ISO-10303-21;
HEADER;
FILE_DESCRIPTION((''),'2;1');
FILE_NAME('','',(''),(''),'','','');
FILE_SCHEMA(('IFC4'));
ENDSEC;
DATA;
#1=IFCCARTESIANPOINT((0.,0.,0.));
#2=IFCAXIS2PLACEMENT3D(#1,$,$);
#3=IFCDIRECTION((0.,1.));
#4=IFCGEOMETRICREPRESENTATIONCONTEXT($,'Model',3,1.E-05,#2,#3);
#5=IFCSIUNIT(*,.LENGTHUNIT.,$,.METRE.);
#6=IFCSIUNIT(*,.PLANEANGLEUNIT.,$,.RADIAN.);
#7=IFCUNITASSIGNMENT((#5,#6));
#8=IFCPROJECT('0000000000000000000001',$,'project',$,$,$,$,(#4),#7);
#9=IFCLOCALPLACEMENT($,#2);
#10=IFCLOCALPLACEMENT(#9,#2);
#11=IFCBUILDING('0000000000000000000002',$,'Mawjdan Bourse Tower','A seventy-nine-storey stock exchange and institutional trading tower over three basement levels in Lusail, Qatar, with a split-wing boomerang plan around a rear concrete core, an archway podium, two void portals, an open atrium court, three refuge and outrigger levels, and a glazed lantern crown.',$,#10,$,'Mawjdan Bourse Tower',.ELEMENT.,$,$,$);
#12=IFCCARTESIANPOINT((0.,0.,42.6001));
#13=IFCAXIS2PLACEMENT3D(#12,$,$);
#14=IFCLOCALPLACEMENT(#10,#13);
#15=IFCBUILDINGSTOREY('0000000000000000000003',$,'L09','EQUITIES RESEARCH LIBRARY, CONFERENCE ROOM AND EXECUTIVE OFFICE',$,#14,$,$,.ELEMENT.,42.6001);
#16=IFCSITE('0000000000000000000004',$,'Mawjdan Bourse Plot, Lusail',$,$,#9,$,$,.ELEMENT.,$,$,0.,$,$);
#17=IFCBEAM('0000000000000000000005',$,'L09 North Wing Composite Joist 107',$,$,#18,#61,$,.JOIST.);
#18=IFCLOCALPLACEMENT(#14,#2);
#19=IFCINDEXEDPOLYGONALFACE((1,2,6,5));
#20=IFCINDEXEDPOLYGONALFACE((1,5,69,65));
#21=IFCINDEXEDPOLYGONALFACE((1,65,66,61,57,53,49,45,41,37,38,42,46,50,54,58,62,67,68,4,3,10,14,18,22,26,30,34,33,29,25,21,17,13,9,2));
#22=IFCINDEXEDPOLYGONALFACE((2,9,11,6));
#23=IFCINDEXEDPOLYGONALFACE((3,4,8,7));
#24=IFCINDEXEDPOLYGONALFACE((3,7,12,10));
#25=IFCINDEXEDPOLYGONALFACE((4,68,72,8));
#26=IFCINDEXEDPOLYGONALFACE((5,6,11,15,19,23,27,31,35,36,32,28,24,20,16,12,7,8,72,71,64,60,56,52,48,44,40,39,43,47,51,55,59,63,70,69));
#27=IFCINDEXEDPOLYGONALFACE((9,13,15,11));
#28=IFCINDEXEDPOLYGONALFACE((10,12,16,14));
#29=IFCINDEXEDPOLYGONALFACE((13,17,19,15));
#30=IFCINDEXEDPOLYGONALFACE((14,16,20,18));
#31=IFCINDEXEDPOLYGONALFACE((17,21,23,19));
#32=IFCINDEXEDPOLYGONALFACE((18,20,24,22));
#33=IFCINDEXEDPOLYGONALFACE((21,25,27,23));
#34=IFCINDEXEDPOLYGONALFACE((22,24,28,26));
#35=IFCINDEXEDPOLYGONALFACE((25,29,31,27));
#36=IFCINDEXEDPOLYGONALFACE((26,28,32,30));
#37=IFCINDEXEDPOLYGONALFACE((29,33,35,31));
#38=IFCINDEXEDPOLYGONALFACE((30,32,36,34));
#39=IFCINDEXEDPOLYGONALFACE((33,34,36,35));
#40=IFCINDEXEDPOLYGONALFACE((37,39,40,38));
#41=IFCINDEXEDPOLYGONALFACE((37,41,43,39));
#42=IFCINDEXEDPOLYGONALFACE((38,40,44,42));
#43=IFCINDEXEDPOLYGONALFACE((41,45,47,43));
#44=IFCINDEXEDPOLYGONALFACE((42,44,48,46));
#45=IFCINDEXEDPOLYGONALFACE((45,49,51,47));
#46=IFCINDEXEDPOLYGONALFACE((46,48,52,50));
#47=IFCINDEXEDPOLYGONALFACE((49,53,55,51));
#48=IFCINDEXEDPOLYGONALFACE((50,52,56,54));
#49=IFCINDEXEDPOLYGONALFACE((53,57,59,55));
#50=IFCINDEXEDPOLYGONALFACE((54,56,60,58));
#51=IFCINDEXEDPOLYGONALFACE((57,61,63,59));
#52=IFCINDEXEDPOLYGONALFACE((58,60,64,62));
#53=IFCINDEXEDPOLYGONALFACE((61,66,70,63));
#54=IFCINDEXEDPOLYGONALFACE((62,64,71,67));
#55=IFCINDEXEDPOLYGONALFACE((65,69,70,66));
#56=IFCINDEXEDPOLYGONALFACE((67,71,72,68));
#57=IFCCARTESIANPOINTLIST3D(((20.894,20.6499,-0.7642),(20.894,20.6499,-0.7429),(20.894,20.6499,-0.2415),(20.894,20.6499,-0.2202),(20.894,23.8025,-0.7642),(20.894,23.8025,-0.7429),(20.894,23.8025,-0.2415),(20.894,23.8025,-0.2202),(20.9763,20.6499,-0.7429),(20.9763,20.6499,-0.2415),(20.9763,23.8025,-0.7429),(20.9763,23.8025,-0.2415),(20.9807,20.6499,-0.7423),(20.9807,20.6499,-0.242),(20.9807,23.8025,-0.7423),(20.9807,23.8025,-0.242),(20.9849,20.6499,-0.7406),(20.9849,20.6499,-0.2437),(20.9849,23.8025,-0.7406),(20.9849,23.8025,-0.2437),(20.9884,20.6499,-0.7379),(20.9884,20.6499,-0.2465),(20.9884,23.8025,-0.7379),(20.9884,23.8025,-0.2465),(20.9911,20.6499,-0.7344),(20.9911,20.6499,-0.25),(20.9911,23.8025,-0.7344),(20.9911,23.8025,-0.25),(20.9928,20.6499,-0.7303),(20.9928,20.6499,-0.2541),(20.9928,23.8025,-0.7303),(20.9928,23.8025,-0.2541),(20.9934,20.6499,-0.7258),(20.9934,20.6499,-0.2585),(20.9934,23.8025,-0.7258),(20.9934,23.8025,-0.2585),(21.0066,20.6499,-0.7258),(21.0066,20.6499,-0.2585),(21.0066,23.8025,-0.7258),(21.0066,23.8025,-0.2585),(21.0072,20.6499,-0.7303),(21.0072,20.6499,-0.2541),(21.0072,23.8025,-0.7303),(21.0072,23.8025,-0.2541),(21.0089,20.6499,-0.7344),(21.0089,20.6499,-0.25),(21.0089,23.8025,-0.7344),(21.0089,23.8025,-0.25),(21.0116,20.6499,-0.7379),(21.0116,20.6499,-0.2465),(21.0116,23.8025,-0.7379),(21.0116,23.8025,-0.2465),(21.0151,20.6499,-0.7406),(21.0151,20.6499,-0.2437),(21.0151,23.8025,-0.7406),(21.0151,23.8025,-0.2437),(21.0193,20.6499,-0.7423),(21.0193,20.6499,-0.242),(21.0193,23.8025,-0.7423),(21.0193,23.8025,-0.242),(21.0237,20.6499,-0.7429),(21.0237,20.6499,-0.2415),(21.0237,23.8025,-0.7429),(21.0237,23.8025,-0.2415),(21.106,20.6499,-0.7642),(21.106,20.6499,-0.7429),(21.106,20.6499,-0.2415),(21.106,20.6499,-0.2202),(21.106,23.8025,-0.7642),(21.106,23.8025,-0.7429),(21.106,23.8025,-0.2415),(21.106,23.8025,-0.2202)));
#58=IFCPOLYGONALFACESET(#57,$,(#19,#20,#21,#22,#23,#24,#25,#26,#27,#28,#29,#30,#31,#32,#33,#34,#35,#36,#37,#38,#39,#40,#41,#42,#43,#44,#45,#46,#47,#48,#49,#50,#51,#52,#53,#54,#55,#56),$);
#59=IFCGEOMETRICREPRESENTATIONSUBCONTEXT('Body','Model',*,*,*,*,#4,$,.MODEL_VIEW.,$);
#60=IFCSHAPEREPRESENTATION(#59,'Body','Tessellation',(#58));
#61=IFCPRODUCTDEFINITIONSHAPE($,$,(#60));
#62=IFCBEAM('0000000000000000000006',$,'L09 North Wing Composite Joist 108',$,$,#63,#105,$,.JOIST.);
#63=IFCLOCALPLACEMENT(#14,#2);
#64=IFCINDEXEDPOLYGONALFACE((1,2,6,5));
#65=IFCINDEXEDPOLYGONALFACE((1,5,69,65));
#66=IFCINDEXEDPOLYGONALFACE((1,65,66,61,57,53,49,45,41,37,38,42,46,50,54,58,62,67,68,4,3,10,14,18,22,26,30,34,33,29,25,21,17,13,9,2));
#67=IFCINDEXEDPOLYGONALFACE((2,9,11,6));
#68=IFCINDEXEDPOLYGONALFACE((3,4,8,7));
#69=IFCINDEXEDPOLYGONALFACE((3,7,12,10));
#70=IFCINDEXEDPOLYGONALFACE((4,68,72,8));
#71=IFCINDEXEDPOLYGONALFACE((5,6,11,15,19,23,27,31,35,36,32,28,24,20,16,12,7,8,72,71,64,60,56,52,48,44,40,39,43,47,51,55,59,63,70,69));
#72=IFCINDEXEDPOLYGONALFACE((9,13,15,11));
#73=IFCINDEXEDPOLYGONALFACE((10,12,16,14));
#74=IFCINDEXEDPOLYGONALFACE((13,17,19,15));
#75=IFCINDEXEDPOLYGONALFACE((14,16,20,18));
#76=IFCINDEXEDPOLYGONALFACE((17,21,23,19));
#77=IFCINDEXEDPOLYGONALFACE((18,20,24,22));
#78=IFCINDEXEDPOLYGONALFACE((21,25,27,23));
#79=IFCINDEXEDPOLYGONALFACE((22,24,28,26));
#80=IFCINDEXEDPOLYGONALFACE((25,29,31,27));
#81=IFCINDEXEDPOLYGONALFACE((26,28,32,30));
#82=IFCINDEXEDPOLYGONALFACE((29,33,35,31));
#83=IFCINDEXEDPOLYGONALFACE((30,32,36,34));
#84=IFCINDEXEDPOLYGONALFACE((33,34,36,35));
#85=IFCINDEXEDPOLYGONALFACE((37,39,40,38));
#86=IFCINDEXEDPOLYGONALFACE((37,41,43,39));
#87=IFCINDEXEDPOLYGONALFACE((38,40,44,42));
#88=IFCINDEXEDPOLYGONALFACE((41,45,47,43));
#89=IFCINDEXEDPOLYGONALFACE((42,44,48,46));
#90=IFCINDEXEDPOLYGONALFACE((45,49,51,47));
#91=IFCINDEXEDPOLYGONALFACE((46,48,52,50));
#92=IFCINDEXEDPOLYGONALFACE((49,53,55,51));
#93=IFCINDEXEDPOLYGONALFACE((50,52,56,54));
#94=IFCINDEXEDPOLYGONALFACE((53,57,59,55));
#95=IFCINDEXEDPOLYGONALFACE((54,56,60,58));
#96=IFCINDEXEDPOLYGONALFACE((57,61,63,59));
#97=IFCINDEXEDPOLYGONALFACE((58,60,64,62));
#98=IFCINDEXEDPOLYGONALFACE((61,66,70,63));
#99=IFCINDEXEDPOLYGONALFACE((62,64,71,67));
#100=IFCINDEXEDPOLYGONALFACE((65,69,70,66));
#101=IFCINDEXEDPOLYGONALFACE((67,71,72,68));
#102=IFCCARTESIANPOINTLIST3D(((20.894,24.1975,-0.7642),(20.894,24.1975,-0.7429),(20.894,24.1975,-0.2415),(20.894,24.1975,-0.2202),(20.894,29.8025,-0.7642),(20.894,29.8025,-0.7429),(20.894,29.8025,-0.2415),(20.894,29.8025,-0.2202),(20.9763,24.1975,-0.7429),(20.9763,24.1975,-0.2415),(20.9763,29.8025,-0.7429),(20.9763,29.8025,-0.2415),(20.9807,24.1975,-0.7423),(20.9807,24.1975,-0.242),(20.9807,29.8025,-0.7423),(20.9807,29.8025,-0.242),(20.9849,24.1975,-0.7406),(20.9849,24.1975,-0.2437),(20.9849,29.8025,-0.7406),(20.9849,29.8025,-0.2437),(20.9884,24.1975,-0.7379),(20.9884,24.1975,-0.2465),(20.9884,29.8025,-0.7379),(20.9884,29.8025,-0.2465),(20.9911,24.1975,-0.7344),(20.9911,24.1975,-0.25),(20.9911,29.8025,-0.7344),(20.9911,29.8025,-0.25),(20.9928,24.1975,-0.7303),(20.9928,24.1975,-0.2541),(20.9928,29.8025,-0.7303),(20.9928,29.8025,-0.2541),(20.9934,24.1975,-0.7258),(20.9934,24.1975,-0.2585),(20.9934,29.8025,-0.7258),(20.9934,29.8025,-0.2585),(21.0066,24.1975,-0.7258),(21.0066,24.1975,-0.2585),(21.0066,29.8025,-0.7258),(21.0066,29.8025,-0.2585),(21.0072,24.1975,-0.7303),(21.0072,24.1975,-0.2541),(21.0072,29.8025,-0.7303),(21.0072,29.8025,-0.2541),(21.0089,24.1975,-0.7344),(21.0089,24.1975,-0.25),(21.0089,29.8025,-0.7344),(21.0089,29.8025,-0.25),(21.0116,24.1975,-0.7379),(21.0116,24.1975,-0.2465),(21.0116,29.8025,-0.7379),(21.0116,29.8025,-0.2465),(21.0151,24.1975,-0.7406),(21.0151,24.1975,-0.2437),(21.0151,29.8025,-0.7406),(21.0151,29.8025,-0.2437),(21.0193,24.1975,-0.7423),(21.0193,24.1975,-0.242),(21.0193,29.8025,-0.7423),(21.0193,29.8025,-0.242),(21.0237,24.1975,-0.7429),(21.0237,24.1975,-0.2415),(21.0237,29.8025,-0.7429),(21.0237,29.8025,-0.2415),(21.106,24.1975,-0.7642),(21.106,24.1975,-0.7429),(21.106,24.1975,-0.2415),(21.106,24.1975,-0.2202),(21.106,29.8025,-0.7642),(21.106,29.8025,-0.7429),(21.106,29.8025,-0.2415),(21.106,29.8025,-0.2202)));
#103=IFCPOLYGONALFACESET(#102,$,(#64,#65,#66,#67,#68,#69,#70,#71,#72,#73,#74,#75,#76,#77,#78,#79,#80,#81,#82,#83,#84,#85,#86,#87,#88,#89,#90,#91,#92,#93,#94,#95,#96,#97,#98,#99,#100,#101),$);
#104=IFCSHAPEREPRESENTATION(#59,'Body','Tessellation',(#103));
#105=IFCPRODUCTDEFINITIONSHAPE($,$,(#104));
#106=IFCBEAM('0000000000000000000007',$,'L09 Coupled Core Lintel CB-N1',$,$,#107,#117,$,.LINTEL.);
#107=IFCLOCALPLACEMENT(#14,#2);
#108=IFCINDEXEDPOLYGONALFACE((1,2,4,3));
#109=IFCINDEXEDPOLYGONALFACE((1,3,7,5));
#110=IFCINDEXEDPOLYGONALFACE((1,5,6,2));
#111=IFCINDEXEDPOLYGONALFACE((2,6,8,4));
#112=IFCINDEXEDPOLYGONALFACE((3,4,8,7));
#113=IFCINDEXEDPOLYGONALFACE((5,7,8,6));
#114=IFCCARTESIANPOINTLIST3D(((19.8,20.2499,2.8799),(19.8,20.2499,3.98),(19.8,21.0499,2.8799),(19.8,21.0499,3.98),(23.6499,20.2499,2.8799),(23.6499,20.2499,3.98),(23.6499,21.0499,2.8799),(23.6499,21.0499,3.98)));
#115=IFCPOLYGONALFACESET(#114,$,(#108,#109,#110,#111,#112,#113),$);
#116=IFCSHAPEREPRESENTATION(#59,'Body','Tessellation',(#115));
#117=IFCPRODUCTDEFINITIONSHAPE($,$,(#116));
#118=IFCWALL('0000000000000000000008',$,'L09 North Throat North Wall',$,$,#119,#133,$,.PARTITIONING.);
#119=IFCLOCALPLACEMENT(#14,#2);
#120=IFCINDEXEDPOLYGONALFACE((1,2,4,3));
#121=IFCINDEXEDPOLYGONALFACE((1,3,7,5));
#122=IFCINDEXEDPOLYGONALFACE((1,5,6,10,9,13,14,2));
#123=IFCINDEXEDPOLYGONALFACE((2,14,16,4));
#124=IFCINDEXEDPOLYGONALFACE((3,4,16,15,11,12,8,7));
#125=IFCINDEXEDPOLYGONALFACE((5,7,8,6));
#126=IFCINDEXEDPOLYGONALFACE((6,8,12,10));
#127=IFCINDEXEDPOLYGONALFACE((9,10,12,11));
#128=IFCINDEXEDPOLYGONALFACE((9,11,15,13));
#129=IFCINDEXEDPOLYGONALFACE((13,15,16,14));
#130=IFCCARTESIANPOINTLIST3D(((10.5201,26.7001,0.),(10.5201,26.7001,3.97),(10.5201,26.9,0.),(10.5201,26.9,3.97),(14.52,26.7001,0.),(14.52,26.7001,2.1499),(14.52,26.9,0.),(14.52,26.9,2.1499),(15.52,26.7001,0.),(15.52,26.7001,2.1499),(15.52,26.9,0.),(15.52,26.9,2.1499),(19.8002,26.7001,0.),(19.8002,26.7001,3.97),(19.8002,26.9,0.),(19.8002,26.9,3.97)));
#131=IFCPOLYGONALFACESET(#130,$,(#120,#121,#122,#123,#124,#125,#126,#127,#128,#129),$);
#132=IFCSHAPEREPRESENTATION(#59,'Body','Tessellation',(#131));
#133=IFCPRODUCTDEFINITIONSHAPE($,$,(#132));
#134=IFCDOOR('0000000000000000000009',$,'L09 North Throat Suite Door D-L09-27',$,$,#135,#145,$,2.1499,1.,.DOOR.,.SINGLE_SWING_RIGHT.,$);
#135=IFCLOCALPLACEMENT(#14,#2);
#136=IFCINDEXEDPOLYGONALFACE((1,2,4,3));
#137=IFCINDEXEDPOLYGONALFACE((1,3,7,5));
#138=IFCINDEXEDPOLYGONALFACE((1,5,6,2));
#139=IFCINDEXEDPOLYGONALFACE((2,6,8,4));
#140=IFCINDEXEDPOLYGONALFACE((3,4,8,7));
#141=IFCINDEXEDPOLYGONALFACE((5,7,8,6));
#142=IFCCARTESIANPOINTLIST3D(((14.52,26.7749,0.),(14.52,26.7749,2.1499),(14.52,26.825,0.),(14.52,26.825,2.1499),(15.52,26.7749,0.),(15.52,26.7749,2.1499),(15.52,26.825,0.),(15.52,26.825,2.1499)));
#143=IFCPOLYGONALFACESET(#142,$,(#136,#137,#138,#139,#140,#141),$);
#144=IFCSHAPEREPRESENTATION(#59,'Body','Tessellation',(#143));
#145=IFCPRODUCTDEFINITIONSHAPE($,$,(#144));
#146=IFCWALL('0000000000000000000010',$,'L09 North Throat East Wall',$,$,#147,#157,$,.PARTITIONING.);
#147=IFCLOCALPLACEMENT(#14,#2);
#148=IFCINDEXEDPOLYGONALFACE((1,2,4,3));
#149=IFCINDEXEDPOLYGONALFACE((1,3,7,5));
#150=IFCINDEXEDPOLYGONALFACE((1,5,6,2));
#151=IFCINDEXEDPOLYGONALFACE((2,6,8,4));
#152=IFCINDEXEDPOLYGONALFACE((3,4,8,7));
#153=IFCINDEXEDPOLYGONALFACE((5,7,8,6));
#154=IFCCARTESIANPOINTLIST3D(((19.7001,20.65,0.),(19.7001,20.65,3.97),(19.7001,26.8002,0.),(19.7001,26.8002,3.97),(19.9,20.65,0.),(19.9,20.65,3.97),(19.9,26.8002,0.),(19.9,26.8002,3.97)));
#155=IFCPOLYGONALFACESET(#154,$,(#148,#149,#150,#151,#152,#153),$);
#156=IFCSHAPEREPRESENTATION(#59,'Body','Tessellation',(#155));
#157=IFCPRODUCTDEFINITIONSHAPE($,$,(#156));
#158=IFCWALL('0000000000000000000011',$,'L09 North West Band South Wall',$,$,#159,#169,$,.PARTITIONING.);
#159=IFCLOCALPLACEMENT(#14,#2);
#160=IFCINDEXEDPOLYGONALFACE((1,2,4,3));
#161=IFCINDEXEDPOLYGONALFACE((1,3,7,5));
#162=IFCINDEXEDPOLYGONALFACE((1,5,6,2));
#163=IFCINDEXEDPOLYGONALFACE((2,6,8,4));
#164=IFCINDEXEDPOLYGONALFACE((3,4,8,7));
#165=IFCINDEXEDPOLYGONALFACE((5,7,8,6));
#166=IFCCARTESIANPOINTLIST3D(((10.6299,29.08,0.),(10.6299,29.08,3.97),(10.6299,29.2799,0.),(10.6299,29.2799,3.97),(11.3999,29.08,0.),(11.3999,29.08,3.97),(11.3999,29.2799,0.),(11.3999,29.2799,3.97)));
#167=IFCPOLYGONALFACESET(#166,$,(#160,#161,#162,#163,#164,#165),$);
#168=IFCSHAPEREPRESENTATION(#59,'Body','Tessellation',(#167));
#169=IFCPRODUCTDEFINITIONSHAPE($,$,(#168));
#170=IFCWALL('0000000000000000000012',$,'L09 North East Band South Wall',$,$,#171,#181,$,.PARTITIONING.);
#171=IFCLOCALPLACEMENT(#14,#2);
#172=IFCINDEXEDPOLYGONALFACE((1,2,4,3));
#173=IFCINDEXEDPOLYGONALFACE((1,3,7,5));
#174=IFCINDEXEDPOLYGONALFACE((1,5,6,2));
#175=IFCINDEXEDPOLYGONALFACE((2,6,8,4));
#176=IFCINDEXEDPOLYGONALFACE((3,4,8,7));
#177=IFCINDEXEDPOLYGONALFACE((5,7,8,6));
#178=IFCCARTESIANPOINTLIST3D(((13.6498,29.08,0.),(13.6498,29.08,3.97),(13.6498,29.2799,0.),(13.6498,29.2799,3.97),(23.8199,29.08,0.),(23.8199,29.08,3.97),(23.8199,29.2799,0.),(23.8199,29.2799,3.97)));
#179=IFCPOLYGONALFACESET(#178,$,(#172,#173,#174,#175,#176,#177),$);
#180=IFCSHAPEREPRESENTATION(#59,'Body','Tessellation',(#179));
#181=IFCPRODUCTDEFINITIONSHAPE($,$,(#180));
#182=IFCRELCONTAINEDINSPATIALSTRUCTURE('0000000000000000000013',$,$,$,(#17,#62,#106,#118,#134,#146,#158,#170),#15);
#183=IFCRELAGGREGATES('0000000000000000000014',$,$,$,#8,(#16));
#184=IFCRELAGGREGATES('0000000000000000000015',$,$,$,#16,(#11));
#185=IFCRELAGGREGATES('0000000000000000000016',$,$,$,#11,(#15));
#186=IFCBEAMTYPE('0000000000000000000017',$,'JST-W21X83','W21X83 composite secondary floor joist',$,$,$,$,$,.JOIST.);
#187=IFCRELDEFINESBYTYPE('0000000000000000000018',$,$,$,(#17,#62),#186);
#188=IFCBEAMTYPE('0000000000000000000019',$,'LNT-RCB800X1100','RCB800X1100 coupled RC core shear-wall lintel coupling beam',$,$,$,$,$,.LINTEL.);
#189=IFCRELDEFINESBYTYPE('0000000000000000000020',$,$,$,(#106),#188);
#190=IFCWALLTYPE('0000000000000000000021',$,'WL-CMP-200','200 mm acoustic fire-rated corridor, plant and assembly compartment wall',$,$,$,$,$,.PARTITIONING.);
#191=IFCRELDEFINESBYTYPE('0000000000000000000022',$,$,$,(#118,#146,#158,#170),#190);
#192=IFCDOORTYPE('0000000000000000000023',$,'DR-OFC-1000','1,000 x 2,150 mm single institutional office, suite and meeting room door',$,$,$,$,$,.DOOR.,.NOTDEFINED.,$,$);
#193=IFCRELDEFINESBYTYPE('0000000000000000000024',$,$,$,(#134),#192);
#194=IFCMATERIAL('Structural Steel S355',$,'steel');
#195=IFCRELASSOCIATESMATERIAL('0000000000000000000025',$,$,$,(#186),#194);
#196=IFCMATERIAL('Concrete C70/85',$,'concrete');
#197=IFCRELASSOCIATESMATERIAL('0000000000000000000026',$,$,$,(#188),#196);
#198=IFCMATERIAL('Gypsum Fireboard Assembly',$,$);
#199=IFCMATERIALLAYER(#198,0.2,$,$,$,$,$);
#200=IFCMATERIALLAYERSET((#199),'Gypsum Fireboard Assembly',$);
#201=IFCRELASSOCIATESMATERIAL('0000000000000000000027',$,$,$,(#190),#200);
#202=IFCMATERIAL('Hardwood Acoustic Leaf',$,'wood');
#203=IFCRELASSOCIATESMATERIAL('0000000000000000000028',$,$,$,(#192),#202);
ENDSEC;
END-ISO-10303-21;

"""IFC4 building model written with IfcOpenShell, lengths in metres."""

from ifc_helpers import new_model, si_unit, direction, frame, frame_2d, origin, origin_2d, place, context, subcontext, project, spatial, rectangle, i_section, extrude, material, layer, layer_set, material_profile, profile_set, type_object, element, fill, save


model = new_model("IFC4")

# Units and contexts
model_context = context("Model", 3, precision=1e-05, world=origin(), true_north=direction((0.0, 1.0)))
body_context = subcontext(model_context, "Body", "Model", "MODEL_VIEW")
ifc_project = project(units=[si_unit("LENGTHUNIT", "METRE"), si_unit("PLANEANGLEUNIT", "RADIAN")], contexts=[model_context])

# Site, building, storey
site_placement = place(None, origin())
site = spatial("IfcSite", under=ifc_project, at=site_placement, Name="Mawjdan Bourse Plot, Lusail", CompositionType="ELEMENT", RefElevation=0.0)
building_placement = place(site_placement, origin())
building = spatial("IfcBuilding", under=site, at=building_placement, Name="Mawjdan Bourse Tower", Description="A seventy-nine-storey stock exchange and institutional trading tower over three basement levels in Lusail, Qatar, with a split-wing boomerang plan around a rear concrete core, an archway podium, two void portals, an open atrium court, three refuge and outrigger levels, and a glazed lantern crown.", LongName="Mawjdan Bourse Tower", CompositionType="ELEMENT")
storey_placement = place(building_placement, frame((0.0, 0.0, 42.6001)))
storey = spatial("IfcBuildingStorey", under=building, at=storey_placement, Name="L09", Description="EQUITIES RESEARCH LIBRARY, CONFERENCE ROOM AND EXECUTIVE OFFICE", CompositionType="ELEMENT", Elevation=42.6001)

# Beams
ifc_material_1 = material(Name="Structural Steel S355", Category="steel")
ifc_material_profile_1 = material_profile(ifc_material_1, i_section(OverallWidth=0.2119, OverallDepth=0.5439, WebThickness=0.0132, FlangeThickness=0.0212, FilletRadius=0.0171, at=origin_2d()), Name="W21X83")
ifc_profile_set_1 = profile_set([ifc_material_profile_1], Name="Structural Steel S355")
beam_type_1 = type_object("IfcBeamType", Name="JST-W21X83", Description="W21X83 composite secondary floor joist", PredefinedType="JOIST", material=ifc_profile_set_1)
beam_1_placement = place(storey_placement, frame((21.0, 20.6499, -0.4922), z_axis=(0.0, 1.0, 0.0), x_axis=(-1.0, 0.0, 0.0)))
element("IfcBeam", 1, at=beam_1_placement, inside=storey, type_object=beam_type_1, Name="L09 North Wing Composite Joist 107", PredefinedType="JOIST", context=body_context, shape_type="SweptSolid", body=[
    extrude(i_section(OverallWidth=0.2119, OverallDepth=0.5439, WebThickness=0.0132, FlangeThickness=0.0212, FilletRadius=0.0171, at=origin_2d()), origin(), (0.0, 0.0, 1.0), 3.1526),
])
beam_2_placement = place(storey_placement, frame((21.0, 24.1975, -0.4922), z_axis=(0.0, 1.0, 0.0), x_axis=(-1.0, 0.0, 0.0)))
element("IfcBeam", 2, at=beam_2_placement, inside=storey, type_object=beam_type_1, Name="L09 North Wing Composite Joist 108", PredefinedType="JOIST", context=body_context, shape_type="SweptSolid", body=[
    extrude(i_section(OverallWidth=0.2119, OverallDepth=0.5439, WebThickness=0.0132, FlangeThickness=0.0212, FilletRadius=0.0171, at=origin_2d()), origin(), (0.0, 0.0, 1.0), 5.605),
])
ifc_material_2 = material(Name="Concrete C70/85", Category="concrete")
ifc_material_profile_2 = material_profile(ifc_material_2, rectangle(XDim=0.8, YDim=1.1001, at=origin_2d()), Name="RCB800X1100")
ifc_profile_set_2 = profile_set([ifc_material_profile_2], Name="Concrete C70/85")
beam_type_2 = type_object("IfcBeamType", Name="LNT-RCB800X1100", Description="RCB800X1100 coupled RC core shear-wall lintel coupling beam", PredefinedType="LINTEL", material=ifc_profile_set_2)
beam_3_placement = place(storey_placement, frame((19.8, 20.6499, 3.4299), z_axis=(1.0, 0.0, 0.0), x_axis=(0.0, 1.0, 0.0)))
element("IfcBeam", 3, at=beam_3_placement, inside=storey, type_object=beam_type_2, Name="L09 Coupled Core Lintel CB-N1", PredefinedType="LINTEL", context=body_context, shape_type="SweptSolid", body=[
    extrude(rectangle(XDim=0.8, YDim=1.1001, at=origin_2d()), origin(), (0.0, 0.0, 1.0), 3.8499),
])

# Wall, opening, door
ifc_material_3 = material(Name="Gypsum Fireboard Assembly")
ifc_layer = layer(ifc_material_3, 0.2)
ifc_layer_set = layer_set([ifc_layer], Name="Gypsum Fireboard Assembly")
wall_type = type_object("IfcWallType", Name="WL-CMP-200", Description="200 mm acoustic fire-rated corridor, plant and assembly compartment wall", PredefinedType="PARTITIONING", material=ifc_layer_set)
wall_1_placement = place(storey_placement, frame((10.52, 26.8, 0.0), z_axis=(0.0, 0.0, 1.0), x_axis=(1.0, 0.0, 0.0)))
wall_1 = element("IfcWall", 4, at=wall_1_placement, inside=storey, type_object=wall_type, Name="L09 North Throat North Wall", PredefinedType="PARTITIONING", context=body_context, shape_type="SweptSolid", body=[
    extrude(rectangle(XDim=9.28, YDim=0.2, at=frame_2d((4.6401, 0.0))), origin(), (0.0, 0.0, 1.0), 3.97),
])
opening_1_placement = place(wall_1_placement, frame((4.0, 0.0, 0.0)))
opening_1 = element("IfcOpeningElement", 5, at=opening_1_placement, cuts=wall_1, PredefinedType="OPENING", context=body_context, shape_type="SweptSolid", body=[
    extrude(rectangle(XDim=1.0, YDim=2.1499, at=frame_2d((0.5, 1.075))), frame((0.0, 0.1099, 0.0), z_axis=(0.0, -1.0, 0.0), x_axis=(1.0, 0.0, 0.0)), (0.0, 0.0, 1.0), 0.22),
])
ifc_material_4 = material(Name="Hardwood Acoustic Leaf", Category="wood")
door_type_1 = type_object("IfcDoorType", Name="DR-OFC-1000", Description="1,000 x 2,150 mm single institutional office, suite and meeting room door", OperationType="NOTDEFINED", PredefinedType="DOOR", material=ifc_material_4)
door_1_placement = place(opening_1_placement, origin())
door_1 = element("IfcDoor", 6, at=door_1_placement, inside=storey, type_object=door_type_1, Name="L09 North Throat Suite Door D-L09-27", OperationType="SINGLE_SWING_RIGHT", OverallHeight=2.1499, OverallWidth=1.0, PredefinedType="DOOR", context=body_context, shape_type="SweptSolid", body=[
    extrude(rectangle(XDim=1.0, YDim=2.1499, at=frame_2d((0.5, 1.075))), frame((0.0, 0.0249, 0.0), z_axis=(0.0, -1.0, 0.0), x_axis=(1.0, 0.0, 0.0)), (0.0, 0.0, 1.0), 0.05),
])
fill(opening_1, door_1)

# Walls
wall_2_placement = place(storey_placement, frame((19.8, 20.6499, 0.0), z_axis=(0.0, 0.0, 1.0), x_axis=(0.0, 1.0, 0.0)))
element("IfcWall", 7, at=wall_2_placement, inside=storey, type_object=wall_type, Name="L09 North Throat East Wall", PredefinedType="PARTITIONING", context=body_context, shape_type="SweptSolid", body=[
    extrude(rectangle(XDim=6.1501, YDim=0.2, at=frame_2d((3.0752, 0.0))), origin(), (0.0, 0.0, 1.0), 3.97),
])
wall_3_placement = place(storey_placement, frame((10.6299, 29.1799, 0.0), z_axis=(0.0, 0.0, 1.0), x_axis=(1.0, 0.0, 0.0)))
element("IfcWall", 8, at=wall_3_placement, inside=storey, type_object=wall_type, Name="L09 North West Band South Wall", PredefinedType="PARTITIONING", context=body_context, shape_type="SweptSolid", body=[
    extrude(rectangle(XDim=0.77, YDim=0.2, at=frame_2d((0.385, 0.0))), origin(), (0.0, 0.0, 1.0), 3.97),
])
wall_4_placement = place(storey_placement, frame((13.6499, 29.1799, 0.0), z_axis=(0.0, 0.0, 1.0), x_axis=(1.0, 0.0, 0.0)))
element("IfcWall", 9, at=wall_4_placement, inside=storey, type_object=wall_type, Name="L09 North East Band South Wall", PredefinedType="PARTITIONING", context=body_context, shape_type="SweptSolid", body=[
    extrude(rectangle(XDim=10.1702, YDim=0.2, at=frame_2d((5.085, 0.0))), origin(), (0.0, 0.0, 1.0), 3.97),
])

save(model, "model.ifc")
